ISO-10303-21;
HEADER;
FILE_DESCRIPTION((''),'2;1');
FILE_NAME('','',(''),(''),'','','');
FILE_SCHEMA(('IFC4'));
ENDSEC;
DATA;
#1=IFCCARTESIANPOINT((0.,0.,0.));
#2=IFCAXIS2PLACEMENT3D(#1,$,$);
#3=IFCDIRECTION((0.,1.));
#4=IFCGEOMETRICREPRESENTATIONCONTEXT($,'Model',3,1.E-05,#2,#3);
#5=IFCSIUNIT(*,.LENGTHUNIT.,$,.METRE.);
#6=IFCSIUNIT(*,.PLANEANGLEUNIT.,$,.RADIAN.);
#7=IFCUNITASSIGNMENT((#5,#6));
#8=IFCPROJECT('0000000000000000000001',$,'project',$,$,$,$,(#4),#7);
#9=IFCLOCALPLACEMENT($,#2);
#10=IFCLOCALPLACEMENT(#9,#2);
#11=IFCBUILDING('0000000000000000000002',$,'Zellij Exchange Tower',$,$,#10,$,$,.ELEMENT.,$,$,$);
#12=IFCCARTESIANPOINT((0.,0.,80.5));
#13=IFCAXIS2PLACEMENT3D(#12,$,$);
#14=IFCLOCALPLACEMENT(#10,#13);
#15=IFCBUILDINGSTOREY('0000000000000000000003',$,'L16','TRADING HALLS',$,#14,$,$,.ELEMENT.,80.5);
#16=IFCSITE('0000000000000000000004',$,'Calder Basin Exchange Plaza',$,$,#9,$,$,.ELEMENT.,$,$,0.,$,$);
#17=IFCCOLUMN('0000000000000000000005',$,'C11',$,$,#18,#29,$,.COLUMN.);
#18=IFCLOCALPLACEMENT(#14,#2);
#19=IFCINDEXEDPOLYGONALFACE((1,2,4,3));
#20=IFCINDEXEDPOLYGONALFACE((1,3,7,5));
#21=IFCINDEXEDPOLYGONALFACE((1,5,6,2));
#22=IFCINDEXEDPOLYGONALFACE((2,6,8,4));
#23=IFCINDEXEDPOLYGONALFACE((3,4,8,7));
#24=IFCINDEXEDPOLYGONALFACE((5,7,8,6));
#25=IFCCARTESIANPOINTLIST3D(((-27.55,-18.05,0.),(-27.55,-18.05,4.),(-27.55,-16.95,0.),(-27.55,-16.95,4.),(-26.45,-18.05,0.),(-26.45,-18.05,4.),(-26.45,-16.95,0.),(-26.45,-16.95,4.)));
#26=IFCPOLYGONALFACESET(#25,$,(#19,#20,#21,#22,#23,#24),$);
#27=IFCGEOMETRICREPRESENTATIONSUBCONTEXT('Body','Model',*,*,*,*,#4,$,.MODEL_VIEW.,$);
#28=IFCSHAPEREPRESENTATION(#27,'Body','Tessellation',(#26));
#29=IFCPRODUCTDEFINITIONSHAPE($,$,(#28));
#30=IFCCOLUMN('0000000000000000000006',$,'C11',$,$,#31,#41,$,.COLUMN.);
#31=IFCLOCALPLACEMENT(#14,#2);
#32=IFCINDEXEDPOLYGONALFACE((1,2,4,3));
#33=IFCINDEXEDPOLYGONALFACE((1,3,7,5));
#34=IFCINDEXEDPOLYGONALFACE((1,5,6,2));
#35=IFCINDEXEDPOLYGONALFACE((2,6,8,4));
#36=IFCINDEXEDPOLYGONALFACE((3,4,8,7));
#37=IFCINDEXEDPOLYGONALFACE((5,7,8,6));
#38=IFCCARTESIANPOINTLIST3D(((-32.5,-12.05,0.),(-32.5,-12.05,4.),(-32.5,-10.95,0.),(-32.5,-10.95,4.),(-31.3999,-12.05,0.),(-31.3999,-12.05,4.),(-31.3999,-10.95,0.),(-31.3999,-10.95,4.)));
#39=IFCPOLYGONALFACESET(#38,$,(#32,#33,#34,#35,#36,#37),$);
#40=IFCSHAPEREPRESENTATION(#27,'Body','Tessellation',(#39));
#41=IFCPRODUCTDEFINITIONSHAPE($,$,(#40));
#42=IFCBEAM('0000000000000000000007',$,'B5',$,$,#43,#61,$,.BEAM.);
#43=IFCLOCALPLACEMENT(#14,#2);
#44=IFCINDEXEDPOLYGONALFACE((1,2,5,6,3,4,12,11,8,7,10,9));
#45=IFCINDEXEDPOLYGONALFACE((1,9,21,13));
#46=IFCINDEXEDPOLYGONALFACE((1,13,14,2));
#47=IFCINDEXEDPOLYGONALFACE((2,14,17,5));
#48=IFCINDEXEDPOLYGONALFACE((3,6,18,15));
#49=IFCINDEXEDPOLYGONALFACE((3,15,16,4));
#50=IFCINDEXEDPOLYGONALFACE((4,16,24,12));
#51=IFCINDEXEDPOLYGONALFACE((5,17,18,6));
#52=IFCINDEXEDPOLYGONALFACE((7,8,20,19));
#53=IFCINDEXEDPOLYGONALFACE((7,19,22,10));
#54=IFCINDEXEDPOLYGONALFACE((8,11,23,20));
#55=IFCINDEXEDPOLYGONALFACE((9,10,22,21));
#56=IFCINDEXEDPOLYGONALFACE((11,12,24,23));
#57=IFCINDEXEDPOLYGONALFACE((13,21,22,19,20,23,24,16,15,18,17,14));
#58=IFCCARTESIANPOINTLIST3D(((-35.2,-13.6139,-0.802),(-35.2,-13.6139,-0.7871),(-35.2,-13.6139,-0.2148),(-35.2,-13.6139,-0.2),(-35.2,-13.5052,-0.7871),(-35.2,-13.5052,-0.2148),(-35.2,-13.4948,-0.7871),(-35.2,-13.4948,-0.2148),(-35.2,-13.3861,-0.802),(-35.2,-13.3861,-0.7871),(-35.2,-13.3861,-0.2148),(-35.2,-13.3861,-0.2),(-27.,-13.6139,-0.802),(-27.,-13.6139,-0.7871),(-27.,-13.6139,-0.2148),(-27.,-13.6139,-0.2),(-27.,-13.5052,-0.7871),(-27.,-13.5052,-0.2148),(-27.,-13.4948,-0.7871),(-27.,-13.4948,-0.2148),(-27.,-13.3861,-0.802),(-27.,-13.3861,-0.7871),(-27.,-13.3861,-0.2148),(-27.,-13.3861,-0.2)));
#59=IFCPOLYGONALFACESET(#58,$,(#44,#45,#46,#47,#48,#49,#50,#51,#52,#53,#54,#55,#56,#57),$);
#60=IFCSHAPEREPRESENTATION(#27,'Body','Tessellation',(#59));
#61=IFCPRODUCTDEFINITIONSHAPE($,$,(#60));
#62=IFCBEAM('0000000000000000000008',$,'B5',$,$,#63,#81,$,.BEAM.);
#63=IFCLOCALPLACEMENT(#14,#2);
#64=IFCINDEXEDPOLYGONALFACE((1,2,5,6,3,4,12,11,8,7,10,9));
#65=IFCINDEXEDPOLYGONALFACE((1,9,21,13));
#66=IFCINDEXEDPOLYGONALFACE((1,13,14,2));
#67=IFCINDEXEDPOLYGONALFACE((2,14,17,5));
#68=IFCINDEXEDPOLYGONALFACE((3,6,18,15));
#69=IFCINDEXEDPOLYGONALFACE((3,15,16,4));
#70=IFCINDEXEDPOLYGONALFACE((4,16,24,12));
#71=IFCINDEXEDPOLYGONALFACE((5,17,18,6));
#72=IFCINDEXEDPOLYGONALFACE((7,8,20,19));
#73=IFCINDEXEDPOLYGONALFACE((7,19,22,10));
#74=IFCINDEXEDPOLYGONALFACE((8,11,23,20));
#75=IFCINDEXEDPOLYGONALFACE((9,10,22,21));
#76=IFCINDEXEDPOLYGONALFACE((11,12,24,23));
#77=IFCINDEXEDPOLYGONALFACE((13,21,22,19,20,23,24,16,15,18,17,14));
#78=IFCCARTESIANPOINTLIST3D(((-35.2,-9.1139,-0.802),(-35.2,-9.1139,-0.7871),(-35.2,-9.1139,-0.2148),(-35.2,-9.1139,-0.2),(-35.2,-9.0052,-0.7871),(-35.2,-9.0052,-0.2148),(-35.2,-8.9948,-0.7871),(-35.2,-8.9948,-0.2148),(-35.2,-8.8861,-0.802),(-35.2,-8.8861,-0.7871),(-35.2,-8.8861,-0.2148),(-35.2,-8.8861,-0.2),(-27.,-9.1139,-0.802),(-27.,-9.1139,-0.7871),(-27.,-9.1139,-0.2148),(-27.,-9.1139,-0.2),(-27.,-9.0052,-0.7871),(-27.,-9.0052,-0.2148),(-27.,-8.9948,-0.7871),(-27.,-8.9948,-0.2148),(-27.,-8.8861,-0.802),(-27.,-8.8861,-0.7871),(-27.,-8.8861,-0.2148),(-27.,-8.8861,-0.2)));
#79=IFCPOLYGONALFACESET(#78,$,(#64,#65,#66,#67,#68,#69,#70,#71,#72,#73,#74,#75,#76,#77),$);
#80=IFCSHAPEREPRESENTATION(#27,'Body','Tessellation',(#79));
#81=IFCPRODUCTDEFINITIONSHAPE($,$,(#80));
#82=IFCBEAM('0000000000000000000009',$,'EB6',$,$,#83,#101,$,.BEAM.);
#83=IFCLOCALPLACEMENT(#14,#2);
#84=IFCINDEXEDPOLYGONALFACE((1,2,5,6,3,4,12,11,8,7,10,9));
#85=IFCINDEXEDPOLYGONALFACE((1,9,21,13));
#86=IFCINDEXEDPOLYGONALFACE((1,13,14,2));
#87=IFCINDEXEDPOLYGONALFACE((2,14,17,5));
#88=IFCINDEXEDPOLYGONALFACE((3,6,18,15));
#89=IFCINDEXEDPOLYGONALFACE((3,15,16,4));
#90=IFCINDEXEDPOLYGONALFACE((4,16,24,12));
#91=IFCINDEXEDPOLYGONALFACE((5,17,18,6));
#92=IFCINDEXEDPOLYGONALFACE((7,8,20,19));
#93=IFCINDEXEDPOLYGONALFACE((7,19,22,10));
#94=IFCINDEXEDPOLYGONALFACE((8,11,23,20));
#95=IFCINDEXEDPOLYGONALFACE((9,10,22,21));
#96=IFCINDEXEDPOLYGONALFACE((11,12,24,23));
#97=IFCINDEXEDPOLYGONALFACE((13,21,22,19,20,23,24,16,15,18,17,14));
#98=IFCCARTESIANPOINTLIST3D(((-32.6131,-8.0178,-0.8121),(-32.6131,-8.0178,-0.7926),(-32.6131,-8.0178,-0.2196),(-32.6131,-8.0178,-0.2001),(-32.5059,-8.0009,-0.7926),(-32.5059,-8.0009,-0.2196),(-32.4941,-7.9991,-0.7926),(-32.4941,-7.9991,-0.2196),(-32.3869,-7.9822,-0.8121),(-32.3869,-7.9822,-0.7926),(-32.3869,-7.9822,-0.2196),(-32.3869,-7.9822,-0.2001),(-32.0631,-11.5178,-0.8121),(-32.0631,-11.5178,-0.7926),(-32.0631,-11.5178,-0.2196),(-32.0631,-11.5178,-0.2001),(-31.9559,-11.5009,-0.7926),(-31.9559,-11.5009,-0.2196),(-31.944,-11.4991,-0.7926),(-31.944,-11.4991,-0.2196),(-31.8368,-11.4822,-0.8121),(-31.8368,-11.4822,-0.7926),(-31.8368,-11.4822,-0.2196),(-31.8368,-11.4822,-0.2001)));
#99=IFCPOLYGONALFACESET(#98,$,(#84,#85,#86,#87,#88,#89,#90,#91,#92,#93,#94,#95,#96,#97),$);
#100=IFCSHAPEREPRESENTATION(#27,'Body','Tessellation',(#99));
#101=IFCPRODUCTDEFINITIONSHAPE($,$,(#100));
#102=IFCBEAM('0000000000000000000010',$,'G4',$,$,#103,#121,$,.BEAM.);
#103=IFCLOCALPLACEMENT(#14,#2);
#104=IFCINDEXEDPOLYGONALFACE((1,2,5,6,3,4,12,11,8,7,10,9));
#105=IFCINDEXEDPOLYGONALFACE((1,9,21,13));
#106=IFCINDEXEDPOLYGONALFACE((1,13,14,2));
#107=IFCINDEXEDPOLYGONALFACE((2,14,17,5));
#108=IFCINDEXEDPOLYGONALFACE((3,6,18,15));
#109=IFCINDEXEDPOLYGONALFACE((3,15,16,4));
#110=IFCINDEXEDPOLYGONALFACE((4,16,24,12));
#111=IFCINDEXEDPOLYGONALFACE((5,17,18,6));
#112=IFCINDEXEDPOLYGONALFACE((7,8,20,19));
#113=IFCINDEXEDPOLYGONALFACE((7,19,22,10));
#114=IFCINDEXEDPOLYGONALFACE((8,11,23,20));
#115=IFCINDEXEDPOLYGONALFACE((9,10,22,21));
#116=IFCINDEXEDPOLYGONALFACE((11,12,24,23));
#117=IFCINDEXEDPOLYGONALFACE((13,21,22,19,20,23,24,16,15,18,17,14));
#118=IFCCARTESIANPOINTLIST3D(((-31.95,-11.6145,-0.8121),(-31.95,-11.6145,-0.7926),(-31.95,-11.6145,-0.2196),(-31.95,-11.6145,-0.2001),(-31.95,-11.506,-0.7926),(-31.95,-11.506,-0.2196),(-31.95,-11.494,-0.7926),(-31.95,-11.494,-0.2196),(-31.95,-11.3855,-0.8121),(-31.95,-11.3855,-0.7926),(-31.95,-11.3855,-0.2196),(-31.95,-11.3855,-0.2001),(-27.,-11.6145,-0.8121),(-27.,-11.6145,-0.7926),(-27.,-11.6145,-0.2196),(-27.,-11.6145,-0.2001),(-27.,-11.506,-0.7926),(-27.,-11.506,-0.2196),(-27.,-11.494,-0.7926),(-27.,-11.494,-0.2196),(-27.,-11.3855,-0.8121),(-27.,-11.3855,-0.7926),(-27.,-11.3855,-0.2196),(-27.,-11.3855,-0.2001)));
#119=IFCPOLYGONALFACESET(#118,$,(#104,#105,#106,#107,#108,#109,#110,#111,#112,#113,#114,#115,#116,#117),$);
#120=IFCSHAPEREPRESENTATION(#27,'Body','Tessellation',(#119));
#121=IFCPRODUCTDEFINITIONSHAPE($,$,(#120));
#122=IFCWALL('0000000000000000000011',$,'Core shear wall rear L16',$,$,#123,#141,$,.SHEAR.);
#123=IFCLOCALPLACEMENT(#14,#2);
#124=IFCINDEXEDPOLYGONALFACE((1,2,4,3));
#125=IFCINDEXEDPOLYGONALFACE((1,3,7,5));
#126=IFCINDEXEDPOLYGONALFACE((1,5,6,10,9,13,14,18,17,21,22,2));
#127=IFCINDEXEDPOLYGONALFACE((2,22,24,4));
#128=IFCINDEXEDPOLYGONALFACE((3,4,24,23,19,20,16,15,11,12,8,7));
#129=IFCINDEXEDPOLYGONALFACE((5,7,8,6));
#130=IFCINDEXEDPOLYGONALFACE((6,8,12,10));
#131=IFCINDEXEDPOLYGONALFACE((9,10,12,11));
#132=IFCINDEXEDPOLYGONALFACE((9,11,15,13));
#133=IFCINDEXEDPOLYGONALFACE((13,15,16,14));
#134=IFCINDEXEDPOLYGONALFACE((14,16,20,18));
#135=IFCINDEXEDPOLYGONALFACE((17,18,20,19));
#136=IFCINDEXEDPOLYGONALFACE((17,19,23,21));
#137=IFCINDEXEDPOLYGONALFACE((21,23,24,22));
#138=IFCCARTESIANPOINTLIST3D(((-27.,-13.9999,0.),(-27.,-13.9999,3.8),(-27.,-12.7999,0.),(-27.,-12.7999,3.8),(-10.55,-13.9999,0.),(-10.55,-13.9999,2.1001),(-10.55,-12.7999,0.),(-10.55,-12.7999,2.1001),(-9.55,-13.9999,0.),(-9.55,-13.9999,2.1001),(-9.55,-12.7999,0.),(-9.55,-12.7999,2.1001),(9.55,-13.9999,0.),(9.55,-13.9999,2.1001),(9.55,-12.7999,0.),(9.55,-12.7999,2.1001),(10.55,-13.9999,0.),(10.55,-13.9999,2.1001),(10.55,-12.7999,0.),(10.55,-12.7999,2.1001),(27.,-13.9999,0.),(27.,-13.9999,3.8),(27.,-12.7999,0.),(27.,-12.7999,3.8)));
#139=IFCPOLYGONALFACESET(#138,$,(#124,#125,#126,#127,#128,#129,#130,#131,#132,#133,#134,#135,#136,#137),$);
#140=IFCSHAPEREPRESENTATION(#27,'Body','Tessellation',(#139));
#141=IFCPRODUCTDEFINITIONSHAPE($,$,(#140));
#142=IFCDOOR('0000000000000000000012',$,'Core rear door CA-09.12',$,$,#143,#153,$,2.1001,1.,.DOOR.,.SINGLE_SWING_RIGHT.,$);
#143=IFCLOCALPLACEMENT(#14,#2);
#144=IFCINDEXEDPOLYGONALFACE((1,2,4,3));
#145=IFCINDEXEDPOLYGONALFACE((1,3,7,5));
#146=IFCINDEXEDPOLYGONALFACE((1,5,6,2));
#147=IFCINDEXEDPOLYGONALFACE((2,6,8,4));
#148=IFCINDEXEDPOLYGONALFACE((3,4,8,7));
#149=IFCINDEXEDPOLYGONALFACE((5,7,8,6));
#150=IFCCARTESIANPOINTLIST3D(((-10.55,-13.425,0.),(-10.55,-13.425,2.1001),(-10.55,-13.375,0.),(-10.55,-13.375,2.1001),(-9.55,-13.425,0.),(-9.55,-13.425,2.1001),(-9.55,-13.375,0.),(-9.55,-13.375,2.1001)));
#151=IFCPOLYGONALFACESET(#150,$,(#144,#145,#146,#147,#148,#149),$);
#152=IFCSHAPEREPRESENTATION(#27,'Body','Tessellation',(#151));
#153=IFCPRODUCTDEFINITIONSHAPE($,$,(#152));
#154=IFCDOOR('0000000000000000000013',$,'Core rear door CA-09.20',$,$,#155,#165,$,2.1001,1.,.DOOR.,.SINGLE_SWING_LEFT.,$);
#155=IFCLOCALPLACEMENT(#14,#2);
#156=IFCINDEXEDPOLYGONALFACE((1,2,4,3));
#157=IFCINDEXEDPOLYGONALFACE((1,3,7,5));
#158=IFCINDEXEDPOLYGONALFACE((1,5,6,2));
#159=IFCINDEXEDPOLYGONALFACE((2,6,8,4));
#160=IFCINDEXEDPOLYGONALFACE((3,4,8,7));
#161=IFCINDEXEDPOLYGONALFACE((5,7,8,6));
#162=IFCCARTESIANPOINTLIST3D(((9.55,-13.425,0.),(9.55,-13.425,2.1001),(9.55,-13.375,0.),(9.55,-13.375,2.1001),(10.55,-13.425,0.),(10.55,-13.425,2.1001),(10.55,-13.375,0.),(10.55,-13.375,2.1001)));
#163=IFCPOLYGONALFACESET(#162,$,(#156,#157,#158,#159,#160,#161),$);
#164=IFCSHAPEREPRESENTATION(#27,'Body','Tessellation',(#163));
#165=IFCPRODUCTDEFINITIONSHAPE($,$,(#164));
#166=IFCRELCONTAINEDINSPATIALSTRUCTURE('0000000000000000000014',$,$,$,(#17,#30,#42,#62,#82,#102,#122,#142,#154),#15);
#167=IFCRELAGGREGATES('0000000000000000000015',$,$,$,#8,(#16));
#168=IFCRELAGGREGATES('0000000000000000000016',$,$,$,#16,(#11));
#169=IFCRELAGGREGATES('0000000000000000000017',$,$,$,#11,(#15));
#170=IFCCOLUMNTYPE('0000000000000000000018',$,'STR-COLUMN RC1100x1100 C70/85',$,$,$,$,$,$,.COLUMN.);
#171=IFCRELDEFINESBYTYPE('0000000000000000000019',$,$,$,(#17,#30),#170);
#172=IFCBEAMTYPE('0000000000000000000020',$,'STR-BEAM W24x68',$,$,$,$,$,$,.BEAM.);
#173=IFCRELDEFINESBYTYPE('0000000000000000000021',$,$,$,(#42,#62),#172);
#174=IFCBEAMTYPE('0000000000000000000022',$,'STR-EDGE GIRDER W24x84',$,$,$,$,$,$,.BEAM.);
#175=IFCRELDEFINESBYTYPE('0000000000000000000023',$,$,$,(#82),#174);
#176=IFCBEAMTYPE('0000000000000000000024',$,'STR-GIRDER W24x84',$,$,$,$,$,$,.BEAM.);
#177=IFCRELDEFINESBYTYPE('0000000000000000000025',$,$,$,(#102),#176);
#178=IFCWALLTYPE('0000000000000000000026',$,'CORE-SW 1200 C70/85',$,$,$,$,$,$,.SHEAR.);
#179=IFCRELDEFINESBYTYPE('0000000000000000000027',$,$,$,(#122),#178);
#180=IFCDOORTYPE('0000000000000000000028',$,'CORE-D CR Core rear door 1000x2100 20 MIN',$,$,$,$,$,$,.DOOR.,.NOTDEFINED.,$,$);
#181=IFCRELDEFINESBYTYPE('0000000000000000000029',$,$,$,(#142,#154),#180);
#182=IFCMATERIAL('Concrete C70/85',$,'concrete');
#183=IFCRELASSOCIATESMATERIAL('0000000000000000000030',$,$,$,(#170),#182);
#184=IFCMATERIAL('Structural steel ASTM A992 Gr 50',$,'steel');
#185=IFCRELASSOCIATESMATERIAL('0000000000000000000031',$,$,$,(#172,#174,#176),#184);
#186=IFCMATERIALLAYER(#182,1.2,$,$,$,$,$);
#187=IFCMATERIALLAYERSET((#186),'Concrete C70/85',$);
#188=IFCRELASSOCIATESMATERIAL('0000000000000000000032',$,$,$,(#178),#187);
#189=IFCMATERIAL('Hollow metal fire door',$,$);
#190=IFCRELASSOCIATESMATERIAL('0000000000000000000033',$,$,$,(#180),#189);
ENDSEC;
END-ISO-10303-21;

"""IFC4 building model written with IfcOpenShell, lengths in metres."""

from ifc_helpers import new_model, si_unit, direction, frame, frame_2d, origin, origin_2d, place, context, subcontext, project, spatial, rectangle, i_section, extrude, material, layer, layer_set, material_profile, profile_set, type_object, element, fill, save


model = new_model("IFC4")

# Units and contexts
model_context = context("Model", 3, precision=1e-05, world=origin(), true_north=direction((0.0, 1.0)))
body_context = subcontext(model_context, "Body", "Model", "MODEL_VIEW")
ifc_project = project(units=[si_unit("LENGTHUNIT", "METRE"), si_unit("PLANEANGLEUNIT", "RADIAN")], contexts=[model_context])

# Site, building, storey
site_placement = place(None, origin())
site = spatial("IfcSite", under=ifc_project, at=site_placement, Name="Calder Basin Exchange Plaza", CompositionType="ELEMENT", RefElevation=0.0)
building_placement = place(site_placement, origin())
building = spatial("IfcBuilding", under=site, at=building_placement, Name="Zellij Exchange Tower", CompositionType="ELEMENT")
storey_placement = place(building_placement, frame((0.0, 0.0, 80.5)))
storey = spatial("IfcBuildingStorey", under=building, at=storey_placement, Name="L16", Description="TRADING HALLS", CompositionType="ELEMENT", Elevation=80.5)

# Columns
ifc_material_1 = material(Name="Concrete C70/85", Category="concrete")
ifc_material_profile_1 = material_profile(ifc_material_1, rectangle(XDim=1.1001, YDim=1.1001, at=origin_2d()), Name="STR-COLUMN RC1100x1100 C70/85")
ifc_profile_set_1 = profile_set([ifc_material_profile_1], Name="Concrete C70/85")
column_type = type_object("IfcColumnType", Name="STR-COLUMN RC1100x1100 C70/85", PredefinedType="COLUMN", material=ifc_profile_set_1)
for number, where, z_axis, x_axis, name in (
    (1, (-27.0, -17.5, 0.0), (0.0, 0.0, 1.0), (1.0, 0.0, 0.0), "C11"),
    (2, (-31.95, -11.5, 0.0), (0.0, 0.0, 1.0), (1.0, 0.0, 0.0), "C11"),
):
    element("IfcColumn", number, at=place(storey_placement, frame(where, z_axis=z_axis, x_axis=x_axis)), inside=storey, type_object=column_type, Name=name, PredefinedType="COLUMN", context=body_context, shape_type="SweptSolid", body=[
        extrude(rectangle(XDim=1.1001, YDim=1.1001, at=origin_2d()), origin(), (0.0, 0.0, 1.0), 4.0),
    ])

# Beams
ifc_material_2 = material(Name="Structural steel ASTM A992 Gr 50", Category="steel")
ifc_material_profile_2 = material_profile(ifc_material_2, i_section(OverallWidth=0.2278, OverallDepth=0.6021, WebThickness=0.0105, FlangeThickness=0.0149, at=origin_2d()), Name="W24x68")
ifc_profile_set_2 = profile_set([ifc_material_profile_2], Name="Structural steel ASTM A992 Gr 50")
beam_type_1 = type_object("IfcBeamType", Name="STR-BEAM W24x68", PredefinedType="BEAM", material=ifc_profile_set_2)
for number, where, z_axis, x_axis, name in (
    (3, (-35.2, -13.5, -0.501), (1.0, 0.0, 0.0), (0.0, 1.0, 0.0), "B5"),
    (4, (-35.2, -9.0, -0.501), (1.0, 0.0, 0.0), (0.0, 1.0, 0.0), "B5"),
):
    element("IfcBeam", number, at=place(storey_placement, frame(where, z_axis=z_axis, x_axis=x_axis)), inside=storey, type_object=beam_type_1, Name=name, PredefinedType="BEAM", context=body_context, shape_type="SweptSolid", body=[
        extrude(i_section(OverallWidth=0.2278, OverallDepth=0.6021, WebThickness=0.0105, FlangeThickness=0.0149, at=origin_2d()), origin(), (0.0, 0.0, 1.0), 8.2),
    ])
ifc_material_profile_3 = material_profile(ifc_material_2, i_section(OverallWidth=0.229, OverallDepth=0.6121, WebThickness=0.012, FlangeThickness=0.0195, at=origin_2d()), Name="W24x84")
ifc_profile_set_3 = profile_set([ifc_material_profile_3], Name="Structural steel ASTM A992 Gr 50")
beam_type_2 = type_object("IfcBeamType", Name="STR-EDGE GIRDER W24x84", PredefinedType="BEAM", material=ifc_profile_set_3)
beam_1_placement = place(storey_placement, frame((-31.95, -11.5, -0.5061), z_axis=(-0.155251, 0.987875, 0.0), x_axis=(-0.987875, -0.155251, 0.0)))
element("IfcBeam", 5, at=beam_1_placement, inside=storey, type_object=beam_type_2, Name="EB6", PredefinedType="BEAM", context=body_context, shape_type="SweptSolid", body=[
    extrude(i_section(OverallWidth=0.229, OverallDepth=0.6121, WebThickness=0.012, FlangeThickness=0.0195, at=origin_2d()), origin(), (0.0, 0.0, 1.0), 3.543),
])
ifc_material_profile_4 = material_profile(ifc_material_2, i_section(OverallWidth=0.229, OverallDepth=0.6121, WebThickness=0.012, FlangeThickness=0.0195, at=origin_2d()), Name="W24x84")
ifc_profile_set_4 = profile_set([ifc_material_profile_4], Name="Structural steel ASTM A992 Gr 50")
beam_type_3 = type_object("IfcBeamType", Name="STR-GIRDER W24x84", PredefinedType="BEAM", material=ifc_profile_set_4)
beam_2_placement = place(storey_placement, frame((-31.95, -11.5, -0.5061), z_axis=(1.0, 0.0, 0.0), x_axis=(0.0, 1.0, 0.0)))
element("IfcBeam", 6, at=beam_2_placement, inside=storey, type_object=beam_type_3, Name="G4", PredefinedType="BEAM", context=body_context, shape_type="SweptSolid", body=[
    extrude(i_section(OverallWidth=0.229, OverallDepth=0.6121, WebThickness=0.012, FlangeThickness=0.0195, at=origin_2d()), origin(), (0.0, 0.0, 1.0), 4.95),
])

# Wall, openings, doors
ifc_layer_1 = layer(ifc_material_1, 1.2)
ifc_layer_set_1 = layer_set([ifc_layer_1], Name="Concrete C70/85")
wall_type_1 = type_object("IfcWallType", Name="CORE-SW 1200 C70/85", PredefinedType="SHEAR", material=ifc_layer_set_1)
wall_1_placement = place(storey_placement, frame((-27.0, -13.3999, 0.0), z_axis=(0.0, 0.0, 1.0), x_axis=(1.0, 0.0, 0.0)))
wall_1 = element("IfcWall", 7, at=wall_1_placement, inside=storey, type_object=wall_type_1, Name="Core shear wall rear L16", PredefinedType="SHEAR", context=body_context, shape_type="SweptSolid", body=[
    extrude(rectangle(XDim=54.0, YDim=1.2, at=frame_2d((27.0, 0.0))), origin(), (0.0, 0.0, 1.0), 3.8),
])
opening_1_placement = place(wall_1_placement, frame((16.45, 0.0, 0.0)))
opening_1 = element("IfcOpeningElement", 8, at=opening_1_placement, cuts=wall_1, PredefinedType="OPENING", context=body_context, shape_type="SweptSolid", body=[
    extrude(rectangle(XDim=1.0, YDim=2.1001, at=frame_2d((0.5, 1.05))), frame((0.0, 0.6118, 0.0), z_axis=(0.0, -1.0, 0.0), x_axis=(1.0, 0.0, 0.0)), (0.0, 0.0, 1.0), 1.2239),
])
opening_2_placement = place(wall_1_placement, frame((36.55, 0.0, 0.0)))
opening_2 = element("IfcOpeningElement", 9, at=opening_2_placement, cuts=wall_1, PredefinedType="OPENING", context=body_context, shape_type="SweptSolid", body=[
    extrude(rectangle(XDim=1.0, YDim=2.1001, at=frame_2d((0.5, 1.05))), frame((0.0, 0.6118, 0.0), z_axis=(0.0, -1.0, 0.0), x_axis=(1.0, 0.0, 0.0)), (0.0, 0.0, 1.0), 1.2239),
])
ifc_material_3 = material(Name="Hollow metal fire door")
door_type_1 = type_object("IfcDoorType", Name="CORE-D CR Core rear door 1000x2100 20 MIN", OperationType="NOTDEFINED", PredefinedType="DOOR", material=ifc_material_3)
door_1_placement = place(opening_1_placement, origin())
door_1 = element("IfcDoor", 10, at=door_1_placement, inside=storey, type_object=door_type_1, Name="Core rear door CA-09.12", OperationType="SINGLE_SWING_RIGHT", OverallHeight=2.1001, OverallWidth=1.0, PredefinedType="DOOR", context=body_context, shape_type="SweptSolid", body=[
    extrude(rectangle(XDim=1.0, YDim=2.1001, at=frame_2d((0.5, 1.05))), frame((0.0, 0.0249, 0.0), z_axis=(0.0, -1.0, 0.0), x_axis=(1.0, 0.0, 0.0)), (0.0, 0.0, 1.0), 0.05),
])
fill(opening_1, door_1)
door_2_placement = place(opening_2_placement, origin())
door_2 = element("IfcDoor", 11, at=door_2_placement, inside=storey, type_object=door_type_1, Name="Core rear door CA-09.20", OperationType="SINGLE_SWING_LEFT", OverallHeight=2.1001, OverallWidth=1.0, PredefinedType="DOOR", context=body_context, shape_type="SweptSolid", body=[
    extrude(rectangle(XDim=1.0, YDim=2.1001, at=frame_2d((0.5, 1.05))), frame((0.0, 0.0249, 0.0), z_axis=(0.0, -1.0, 0.0), x_axis=(1.0, 0.0, 0.0)), (0.0, 0.0, 1.0), 0.05),
])
fill(opening_2, door_2)

save(model, "model.ifc")
